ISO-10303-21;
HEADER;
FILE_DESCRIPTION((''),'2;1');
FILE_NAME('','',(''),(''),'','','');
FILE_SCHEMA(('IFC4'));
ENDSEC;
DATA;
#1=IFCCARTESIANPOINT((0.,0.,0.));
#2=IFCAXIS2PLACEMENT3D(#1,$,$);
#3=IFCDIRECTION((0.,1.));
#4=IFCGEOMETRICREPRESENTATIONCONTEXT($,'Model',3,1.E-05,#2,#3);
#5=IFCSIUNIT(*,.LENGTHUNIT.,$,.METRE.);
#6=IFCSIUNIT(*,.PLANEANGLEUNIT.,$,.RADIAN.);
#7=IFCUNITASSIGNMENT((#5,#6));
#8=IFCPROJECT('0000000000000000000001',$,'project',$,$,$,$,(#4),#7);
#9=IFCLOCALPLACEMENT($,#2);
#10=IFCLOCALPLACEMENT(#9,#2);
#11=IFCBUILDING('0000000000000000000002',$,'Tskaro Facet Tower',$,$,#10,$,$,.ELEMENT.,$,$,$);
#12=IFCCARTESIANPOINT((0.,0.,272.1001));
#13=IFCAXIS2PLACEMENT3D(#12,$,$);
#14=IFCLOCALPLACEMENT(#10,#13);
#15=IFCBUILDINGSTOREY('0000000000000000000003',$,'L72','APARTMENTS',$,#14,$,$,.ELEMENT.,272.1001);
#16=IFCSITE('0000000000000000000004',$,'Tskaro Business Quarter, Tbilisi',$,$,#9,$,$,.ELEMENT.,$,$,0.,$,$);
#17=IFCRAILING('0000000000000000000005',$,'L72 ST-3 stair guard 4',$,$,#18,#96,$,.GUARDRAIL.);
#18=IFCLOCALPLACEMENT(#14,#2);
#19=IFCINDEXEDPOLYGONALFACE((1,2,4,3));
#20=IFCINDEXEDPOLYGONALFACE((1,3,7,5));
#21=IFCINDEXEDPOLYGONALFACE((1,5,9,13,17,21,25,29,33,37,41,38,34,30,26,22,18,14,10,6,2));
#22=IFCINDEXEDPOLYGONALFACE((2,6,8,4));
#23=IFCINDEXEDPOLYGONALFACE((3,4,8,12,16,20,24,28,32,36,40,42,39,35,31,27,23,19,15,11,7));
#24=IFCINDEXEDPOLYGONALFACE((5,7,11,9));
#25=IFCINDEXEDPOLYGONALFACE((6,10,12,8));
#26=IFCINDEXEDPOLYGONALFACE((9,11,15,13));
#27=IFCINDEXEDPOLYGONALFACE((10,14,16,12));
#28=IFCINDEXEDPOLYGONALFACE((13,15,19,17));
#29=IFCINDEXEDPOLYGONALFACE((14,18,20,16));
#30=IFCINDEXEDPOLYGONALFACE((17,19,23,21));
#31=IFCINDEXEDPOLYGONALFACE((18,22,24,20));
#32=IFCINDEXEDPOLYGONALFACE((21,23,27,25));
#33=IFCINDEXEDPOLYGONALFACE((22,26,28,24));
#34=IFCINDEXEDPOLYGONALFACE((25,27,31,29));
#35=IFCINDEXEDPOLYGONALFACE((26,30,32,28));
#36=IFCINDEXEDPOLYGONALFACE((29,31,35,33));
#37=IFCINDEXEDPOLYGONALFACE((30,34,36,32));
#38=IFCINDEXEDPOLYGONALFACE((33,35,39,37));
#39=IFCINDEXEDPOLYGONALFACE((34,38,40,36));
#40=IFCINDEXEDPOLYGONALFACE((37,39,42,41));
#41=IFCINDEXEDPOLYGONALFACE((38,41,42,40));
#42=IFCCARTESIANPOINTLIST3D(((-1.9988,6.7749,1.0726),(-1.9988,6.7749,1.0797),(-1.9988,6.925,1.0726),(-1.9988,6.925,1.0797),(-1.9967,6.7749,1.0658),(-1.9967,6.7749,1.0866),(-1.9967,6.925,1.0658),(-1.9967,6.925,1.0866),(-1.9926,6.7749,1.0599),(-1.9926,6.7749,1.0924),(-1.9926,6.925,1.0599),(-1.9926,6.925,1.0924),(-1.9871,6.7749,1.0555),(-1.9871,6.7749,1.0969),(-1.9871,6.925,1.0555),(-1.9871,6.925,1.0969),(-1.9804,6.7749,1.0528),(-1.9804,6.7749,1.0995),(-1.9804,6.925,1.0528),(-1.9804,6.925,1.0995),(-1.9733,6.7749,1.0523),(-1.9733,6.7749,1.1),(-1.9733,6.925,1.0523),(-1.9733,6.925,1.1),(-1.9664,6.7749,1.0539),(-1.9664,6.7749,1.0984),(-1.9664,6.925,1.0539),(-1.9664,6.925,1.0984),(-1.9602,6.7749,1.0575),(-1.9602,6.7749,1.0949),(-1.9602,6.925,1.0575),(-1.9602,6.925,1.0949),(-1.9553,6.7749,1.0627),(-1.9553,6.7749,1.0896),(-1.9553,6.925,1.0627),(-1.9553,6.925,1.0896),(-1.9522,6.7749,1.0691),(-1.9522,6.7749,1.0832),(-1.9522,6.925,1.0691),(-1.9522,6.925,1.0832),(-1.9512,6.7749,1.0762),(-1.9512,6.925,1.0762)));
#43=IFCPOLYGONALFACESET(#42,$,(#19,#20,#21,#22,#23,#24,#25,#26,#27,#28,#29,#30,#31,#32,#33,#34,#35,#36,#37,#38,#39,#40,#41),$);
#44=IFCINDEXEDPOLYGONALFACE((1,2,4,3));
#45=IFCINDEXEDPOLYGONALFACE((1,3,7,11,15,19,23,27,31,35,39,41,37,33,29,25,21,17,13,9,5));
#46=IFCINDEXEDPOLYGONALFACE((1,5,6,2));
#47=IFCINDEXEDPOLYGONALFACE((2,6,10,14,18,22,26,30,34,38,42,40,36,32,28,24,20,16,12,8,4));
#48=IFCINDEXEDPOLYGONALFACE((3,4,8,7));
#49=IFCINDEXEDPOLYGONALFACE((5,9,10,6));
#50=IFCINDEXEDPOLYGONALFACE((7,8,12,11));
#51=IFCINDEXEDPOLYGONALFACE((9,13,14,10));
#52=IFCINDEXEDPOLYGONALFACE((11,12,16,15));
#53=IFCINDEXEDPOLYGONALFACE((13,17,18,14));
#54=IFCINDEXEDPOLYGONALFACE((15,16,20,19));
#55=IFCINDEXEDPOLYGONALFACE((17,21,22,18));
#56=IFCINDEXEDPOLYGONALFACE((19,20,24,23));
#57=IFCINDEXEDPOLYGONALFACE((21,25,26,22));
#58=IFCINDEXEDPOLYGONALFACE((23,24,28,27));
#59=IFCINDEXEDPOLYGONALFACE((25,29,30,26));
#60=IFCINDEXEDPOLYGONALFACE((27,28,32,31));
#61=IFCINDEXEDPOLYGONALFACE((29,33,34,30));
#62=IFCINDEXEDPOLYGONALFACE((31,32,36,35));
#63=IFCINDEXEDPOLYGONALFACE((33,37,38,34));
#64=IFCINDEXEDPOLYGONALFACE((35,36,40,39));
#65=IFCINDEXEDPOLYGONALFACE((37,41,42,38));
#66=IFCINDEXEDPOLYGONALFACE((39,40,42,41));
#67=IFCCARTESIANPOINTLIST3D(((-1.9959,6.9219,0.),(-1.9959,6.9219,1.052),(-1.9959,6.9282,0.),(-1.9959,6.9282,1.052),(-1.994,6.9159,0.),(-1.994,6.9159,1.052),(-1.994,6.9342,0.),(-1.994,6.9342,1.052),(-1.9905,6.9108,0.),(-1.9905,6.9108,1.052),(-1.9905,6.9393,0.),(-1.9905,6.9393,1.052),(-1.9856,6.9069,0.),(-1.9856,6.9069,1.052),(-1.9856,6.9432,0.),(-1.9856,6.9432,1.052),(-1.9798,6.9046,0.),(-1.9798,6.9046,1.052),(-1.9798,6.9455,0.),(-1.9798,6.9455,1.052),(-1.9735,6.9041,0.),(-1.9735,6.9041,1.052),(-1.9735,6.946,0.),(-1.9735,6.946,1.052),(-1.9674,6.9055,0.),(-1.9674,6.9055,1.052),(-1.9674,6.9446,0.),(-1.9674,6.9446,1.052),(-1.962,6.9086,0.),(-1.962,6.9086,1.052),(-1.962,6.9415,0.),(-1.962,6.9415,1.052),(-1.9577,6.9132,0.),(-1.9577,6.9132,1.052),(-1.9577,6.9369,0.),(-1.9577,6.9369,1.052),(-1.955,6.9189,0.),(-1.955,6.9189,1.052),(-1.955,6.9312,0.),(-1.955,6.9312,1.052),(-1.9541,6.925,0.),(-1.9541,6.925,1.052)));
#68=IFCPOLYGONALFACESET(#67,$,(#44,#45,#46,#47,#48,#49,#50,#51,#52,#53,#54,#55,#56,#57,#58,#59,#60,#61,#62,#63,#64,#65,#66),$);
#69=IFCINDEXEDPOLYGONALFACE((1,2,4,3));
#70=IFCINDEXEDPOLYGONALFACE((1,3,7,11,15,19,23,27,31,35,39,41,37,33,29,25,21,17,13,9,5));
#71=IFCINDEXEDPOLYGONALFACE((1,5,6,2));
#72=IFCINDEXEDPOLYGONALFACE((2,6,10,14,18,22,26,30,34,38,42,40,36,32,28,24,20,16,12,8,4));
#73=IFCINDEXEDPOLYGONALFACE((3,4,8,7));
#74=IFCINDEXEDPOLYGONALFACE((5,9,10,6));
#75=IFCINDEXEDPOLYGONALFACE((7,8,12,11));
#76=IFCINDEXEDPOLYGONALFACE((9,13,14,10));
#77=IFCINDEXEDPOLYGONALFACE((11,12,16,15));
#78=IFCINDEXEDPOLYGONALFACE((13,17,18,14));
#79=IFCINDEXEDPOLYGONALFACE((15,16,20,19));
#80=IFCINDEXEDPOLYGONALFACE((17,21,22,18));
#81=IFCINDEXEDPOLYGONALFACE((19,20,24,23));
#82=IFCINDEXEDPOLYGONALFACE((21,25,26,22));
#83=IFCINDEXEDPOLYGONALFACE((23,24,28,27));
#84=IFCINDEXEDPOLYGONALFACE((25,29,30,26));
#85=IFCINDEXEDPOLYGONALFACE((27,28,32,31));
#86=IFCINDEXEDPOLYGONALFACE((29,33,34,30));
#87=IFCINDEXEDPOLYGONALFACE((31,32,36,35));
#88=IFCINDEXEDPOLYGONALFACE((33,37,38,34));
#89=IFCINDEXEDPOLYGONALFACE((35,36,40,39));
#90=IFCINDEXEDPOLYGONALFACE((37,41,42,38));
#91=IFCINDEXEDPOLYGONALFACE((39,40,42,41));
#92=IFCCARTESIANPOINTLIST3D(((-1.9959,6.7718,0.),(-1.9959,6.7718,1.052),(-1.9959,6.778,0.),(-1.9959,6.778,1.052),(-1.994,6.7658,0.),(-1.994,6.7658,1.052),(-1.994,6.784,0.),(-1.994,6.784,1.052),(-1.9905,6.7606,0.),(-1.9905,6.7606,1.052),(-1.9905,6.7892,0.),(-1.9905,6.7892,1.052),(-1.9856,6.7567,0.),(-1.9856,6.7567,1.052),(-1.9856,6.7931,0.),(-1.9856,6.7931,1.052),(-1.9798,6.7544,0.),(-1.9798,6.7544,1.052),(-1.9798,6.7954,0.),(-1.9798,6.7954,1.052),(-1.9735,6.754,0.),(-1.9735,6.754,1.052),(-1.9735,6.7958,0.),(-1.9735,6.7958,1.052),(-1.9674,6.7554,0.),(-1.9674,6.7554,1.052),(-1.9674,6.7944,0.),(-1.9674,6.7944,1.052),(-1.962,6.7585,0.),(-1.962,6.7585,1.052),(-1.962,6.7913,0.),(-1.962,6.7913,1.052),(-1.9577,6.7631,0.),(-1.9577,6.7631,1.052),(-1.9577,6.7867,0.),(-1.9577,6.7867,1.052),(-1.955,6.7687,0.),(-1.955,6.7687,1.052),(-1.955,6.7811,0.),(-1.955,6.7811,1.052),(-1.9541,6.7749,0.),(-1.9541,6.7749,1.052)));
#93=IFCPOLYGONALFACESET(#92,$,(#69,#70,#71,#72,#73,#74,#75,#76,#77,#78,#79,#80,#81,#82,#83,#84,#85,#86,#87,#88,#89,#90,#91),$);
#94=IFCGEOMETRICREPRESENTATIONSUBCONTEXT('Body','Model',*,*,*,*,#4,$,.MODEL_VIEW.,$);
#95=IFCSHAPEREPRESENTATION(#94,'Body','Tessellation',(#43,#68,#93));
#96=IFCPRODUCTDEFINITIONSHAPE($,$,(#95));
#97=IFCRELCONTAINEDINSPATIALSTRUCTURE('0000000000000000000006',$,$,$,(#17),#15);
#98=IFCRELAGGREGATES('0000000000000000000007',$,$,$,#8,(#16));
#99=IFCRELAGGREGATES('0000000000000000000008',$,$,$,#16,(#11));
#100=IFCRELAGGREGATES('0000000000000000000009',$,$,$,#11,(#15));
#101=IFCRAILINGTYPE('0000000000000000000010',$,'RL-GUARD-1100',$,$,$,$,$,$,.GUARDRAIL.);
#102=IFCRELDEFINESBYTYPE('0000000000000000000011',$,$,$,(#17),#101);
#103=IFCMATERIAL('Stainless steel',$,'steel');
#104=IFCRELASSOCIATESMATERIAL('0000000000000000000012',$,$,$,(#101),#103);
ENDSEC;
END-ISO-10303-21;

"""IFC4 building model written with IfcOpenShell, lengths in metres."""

from ifc_helpers import new_model, si_unit, direction, frame, origin, origin_2d, place, context, subcontext, project, spatial, circle, extrude, material, type_object, element, save


model = new_model("IFC4")

# Units and contexts
model_context = context("Model", 3, precision=1e-05, world=origin(), true_north=direction((0.0, 1.0)))
body_context = subcontext(model_context, "Body", "Model", "MODEL_VIEW")
ifc_project = project(units=[si_unit("LENGTHUNIT", "METRE"), si_unit("PLANEANGLEUNIT", "RADIAN")], contexts=[model_context])

# Site, building, storey
site_placement = place(None, origin())
site = spatial("IfcSite", under=ifc_project, at=site_placement, Name="Tskaro Business Quarter, Tbilisi", CompositionType="ELEMENT", RefElevation=0.0)
building_placement = place(site_placement, origin())
building = spatial("IfcBuilding", under=site, at=building_placement, Name="Tskaro Facet Tower", CompositionType="ELEMENT")
storey_placement = place(building_placement, frame((0.0, 0.0, 272.1001)))
storey = spatial("IfcBuildingStorey", under=building, at=storey_placement, Name="L72", Description="APARTMENTS", CompositionType="ELEMENT", Elevation=272.1001)

# Railing
ifc_material_1 = material(Name="Stainless steel", Category="steel")
railing_type_1 = type_object("IfcRailingType", Name="RL-GUARD-1100", PredefinedType="GUARDRAIL", material=ifc_material_1)
railing_1_placement = place(storey_placement, frame((-1.9751, 6.925, 0.0)))
element("IfcRailing", 1, at=railing_1_placement, inside=storey, type_object=railing_type_1, Name="L72 ST-3 stair guard 4", PredefinedType="GUARDRAIL", context=body_context, shape_type="SweptSolid", body=[
    extrude(circle(Radius=0.0239, at=origin_2d()), frame((0.0, 0.0, 1.0762), z_axis=(0.0, -1.0, 0.0), x_axis=(1.0, 0.0, 0.0)), (0.0, 0.0, 1.0), 0.1501),
    extrude(circle(Radius=0.021, at=origin_2d()), origin(), (0.0, 0.0, 1.0), 1.052),
    extrude(circle(Radius=0.021, at=origin_2d()), frame((0.0, -0.1501, 0.0)), (0.0, 0.0, 1.0), 1.052),
])

save(model, "model.ifc")
